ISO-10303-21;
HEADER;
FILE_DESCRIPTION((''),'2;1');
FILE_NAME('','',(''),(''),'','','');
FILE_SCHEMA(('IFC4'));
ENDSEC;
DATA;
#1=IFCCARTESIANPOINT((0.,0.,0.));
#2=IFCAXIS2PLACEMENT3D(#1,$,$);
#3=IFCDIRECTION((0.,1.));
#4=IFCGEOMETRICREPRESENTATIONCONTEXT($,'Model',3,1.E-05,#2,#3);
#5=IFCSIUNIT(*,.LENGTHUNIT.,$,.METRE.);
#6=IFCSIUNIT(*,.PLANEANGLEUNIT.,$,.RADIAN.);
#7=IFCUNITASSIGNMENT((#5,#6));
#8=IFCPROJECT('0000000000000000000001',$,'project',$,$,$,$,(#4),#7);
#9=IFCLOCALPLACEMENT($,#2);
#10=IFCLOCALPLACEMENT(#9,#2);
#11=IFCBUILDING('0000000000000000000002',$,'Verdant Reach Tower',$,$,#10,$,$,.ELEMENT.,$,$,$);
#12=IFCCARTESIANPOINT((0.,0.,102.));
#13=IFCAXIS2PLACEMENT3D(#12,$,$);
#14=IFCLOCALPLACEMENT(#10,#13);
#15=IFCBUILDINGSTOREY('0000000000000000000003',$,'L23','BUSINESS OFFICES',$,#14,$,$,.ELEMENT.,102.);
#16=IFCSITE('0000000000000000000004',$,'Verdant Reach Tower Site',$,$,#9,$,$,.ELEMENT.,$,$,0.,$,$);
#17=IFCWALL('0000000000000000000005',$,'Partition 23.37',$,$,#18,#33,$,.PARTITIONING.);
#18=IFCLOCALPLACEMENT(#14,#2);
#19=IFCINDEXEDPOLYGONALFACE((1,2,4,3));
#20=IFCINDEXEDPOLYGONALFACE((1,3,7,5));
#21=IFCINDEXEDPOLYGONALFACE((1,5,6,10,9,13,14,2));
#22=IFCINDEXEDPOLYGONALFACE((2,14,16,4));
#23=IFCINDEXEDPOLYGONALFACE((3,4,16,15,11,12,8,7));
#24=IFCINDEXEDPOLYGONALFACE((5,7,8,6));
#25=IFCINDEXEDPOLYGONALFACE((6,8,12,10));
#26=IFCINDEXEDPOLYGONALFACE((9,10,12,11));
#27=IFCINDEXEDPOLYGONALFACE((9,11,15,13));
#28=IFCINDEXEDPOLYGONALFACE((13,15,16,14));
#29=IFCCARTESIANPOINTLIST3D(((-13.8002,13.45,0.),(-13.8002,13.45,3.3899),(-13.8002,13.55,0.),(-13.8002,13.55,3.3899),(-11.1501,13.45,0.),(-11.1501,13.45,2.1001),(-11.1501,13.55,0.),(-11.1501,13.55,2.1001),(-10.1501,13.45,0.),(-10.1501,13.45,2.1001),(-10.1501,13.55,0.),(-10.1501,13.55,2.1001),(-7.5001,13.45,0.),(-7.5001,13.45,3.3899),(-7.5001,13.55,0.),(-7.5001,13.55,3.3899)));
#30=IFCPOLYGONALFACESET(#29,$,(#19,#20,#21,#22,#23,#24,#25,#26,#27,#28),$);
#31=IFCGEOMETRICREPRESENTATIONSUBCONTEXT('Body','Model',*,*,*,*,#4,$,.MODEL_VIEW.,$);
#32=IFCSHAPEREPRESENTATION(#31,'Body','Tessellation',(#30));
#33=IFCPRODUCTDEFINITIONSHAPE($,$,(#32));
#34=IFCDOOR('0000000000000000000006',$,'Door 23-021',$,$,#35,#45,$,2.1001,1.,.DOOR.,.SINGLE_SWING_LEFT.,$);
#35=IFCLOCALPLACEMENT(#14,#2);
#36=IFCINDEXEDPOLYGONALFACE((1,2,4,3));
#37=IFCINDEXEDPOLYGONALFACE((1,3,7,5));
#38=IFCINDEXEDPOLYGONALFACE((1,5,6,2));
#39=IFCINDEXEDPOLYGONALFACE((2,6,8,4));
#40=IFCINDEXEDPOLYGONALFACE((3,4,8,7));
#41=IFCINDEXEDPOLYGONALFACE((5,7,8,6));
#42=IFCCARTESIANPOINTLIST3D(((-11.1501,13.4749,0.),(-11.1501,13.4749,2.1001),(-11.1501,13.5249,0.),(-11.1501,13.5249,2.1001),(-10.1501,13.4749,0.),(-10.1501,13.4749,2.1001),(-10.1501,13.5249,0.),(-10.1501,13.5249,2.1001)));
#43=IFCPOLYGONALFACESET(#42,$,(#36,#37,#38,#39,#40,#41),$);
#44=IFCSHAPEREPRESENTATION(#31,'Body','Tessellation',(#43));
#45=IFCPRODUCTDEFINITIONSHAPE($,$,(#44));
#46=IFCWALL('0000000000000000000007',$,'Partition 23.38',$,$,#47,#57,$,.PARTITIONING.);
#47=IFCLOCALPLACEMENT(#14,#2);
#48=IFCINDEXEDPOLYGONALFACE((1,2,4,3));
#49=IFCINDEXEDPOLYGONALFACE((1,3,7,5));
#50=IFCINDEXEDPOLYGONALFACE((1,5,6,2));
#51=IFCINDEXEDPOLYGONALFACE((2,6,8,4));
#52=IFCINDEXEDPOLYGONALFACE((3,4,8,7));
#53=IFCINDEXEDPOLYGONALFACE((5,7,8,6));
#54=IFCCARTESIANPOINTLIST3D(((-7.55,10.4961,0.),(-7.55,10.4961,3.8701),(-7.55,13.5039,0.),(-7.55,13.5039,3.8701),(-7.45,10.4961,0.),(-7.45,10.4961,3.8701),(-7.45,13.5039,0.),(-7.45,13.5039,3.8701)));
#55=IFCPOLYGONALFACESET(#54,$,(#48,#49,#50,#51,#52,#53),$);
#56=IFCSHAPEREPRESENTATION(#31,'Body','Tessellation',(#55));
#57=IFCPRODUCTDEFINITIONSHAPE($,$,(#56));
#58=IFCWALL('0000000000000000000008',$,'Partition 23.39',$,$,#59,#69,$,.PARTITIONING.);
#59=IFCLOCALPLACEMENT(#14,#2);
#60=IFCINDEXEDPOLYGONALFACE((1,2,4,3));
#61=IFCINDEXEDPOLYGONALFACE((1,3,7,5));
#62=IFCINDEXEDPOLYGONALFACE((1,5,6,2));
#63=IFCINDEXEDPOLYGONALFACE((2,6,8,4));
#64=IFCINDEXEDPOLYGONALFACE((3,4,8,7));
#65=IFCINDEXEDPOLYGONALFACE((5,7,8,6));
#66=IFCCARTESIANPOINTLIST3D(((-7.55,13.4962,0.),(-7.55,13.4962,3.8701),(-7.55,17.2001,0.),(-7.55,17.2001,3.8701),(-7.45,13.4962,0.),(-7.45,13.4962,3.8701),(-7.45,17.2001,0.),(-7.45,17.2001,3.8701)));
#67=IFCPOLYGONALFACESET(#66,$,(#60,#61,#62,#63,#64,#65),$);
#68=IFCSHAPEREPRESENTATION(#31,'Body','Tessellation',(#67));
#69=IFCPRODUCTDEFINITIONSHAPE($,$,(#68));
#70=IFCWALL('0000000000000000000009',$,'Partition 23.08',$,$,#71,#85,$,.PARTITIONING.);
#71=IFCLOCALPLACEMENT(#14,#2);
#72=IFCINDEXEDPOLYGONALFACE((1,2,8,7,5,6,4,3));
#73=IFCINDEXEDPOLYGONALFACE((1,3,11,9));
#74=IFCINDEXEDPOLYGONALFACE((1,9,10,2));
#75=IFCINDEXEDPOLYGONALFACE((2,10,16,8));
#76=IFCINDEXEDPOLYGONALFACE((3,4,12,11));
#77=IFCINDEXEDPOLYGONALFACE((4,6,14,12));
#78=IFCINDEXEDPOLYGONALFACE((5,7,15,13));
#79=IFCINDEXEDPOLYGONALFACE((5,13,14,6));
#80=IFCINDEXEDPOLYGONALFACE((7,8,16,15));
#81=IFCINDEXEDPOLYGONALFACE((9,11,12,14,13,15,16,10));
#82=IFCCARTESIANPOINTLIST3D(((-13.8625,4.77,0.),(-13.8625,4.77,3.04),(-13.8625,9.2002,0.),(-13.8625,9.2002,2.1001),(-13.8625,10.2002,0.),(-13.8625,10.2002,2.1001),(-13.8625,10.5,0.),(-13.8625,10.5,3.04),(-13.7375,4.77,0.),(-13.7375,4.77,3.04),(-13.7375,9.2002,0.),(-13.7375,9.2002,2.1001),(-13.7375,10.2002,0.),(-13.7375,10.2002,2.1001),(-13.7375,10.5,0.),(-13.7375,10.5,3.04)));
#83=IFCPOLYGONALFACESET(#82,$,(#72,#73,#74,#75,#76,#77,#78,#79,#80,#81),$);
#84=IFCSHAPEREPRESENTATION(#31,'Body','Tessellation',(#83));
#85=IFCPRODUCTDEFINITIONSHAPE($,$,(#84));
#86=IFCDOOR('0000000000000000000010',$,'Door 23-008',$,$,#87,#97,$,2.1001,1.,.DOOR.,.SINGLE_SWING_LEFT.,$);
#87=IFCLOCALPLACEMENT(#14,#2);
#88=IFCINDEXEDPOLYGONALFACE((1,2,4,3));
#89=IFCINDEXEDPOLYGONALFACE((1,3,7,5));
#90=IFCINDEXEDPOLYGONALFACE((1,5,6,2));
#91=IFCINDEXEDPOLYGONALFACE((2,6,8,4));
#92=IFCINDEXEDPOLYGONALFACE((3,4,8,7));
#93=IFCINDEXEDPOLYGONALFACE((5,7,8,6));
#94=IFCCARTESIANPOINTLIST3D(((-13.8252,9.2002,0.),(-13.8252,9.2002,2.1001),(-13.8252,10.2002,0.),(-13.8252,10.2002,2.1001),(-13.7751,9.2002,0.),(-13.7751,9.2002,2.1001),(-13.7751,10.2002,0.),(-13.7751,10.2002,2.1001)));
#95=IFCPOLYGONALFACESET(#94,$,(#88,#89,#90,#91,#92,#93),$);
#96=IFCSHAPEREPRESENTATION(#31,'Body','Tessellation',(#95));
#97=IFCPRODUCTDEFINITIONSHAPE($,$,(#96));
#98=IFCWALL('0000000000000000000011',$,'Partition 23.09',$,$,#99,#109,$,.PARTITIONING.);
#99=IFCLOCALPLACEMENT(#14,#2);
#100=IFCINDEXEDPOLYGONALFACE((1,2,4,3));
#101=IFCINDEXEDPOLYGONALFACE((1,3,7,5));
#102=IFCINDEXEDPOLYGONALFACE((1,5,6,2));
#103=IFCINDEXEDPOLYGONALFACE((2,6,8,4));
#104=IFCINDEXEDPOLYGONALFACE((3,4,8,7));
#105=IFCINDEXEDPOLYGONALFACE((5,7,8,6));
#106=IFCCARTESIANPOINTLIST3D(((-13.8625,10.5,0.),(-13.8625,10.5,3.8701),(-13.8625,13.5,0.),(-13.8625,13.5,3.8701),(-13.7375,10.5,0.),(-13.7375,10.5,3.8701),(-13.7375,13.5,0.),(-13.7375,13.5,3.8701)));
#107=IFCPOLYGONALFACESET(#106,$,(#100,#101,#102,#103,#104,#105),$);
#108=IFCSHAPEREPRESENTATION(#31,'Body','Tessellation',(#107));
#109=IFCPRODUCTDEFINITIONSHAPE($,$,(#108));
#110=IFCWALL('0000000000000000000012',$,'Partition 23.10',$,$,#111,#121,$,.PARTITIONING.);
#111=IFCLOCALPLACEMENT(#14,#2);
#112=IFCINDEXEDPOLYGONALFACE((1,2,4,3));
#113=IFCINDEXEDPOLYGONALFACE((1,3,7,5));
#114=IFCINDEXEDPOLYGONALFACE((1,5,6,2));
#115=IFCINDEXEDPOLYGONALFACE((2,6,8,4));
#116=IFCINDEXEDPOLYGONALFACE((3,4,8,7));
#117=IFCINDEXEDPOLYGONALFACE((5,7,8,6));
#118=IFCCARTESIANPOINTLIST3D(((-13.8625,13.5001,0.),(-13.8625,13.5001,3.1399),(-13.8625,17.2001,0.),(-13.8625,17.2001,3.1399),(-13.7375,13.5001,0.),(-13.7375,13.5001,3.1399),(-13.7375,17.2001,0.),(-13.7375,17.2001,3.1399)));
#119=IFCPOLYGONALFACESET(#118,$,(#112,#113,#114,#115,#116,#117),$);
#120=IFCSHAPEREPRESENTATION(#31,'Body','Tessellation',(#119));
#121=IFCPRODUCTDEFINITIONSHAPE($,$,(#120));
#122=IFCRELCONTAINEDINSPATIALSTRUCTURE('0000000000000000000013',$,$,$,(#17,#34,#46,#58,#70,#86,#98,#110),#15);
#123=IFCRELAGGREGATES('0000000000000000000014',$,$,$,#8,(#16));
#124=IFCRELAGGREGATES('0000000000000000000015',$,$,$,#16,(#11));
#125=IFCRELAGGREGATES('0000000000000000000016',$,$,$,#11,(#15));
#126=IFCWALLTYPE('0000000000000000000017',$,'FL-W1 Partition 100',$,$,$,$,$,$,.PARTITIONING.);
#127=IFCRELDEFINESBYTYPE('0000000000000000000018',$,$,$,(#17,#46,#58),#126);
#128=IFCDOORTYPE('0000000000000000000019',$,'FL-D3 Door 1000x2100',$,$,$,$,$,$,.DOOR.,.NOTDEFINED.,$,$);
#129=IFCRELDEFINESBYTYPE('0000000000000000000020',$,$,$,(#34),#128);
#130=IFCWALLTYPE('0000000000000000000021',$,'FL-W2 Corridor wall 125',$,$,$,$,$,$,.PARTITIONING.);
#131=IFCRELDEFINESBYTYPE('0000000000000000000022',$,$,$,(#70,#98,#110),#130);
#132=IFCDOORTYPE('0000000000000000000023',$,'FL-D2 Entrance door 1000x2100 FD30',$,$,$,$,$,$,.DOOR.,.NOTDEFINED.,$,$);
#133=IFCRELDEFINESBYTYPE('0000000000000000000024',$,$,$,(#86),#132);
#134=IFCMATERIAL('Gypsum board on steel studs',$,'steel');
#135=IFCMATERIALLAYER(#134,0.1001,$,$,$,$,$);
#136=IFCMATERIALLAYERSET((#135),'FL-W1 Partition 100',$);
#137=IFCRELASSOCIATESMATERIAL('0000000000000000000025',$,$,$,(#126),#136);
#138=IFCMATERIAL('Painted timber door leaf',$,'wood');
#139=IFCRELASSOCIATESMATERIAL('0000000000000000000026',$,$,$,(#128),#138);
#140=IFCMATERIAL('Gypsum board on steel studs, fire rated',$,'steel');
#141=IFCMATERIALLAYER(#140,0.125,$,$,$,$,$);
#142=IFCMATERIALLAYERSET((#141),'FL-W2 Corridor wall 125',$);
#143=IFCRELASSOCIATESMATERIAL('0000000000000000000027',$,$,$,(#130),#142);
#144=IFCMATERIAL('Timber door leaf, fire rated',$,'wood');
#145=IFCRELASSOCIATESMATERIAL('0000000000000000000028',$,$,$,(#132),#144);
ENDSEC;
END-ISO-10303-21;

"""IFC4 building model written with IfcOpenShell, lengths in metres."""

from ifc_helpers import new_model, si_unit, direction, frame, frame_2d, origin, place, context, subcontext, project, spatial, rectangle, extrude, material, layer, layer_set, type_object, element, fill, save


model = new_model("IFC4")

# Units and contexts
model_context = context("Model", 3, precision=1e-05, world=origin(), true_north=direction((0.0, 1.0)))
body_context = subcontext(model_context, "Body", "Model", "MODEL_VIEW")
ifc_project = project(units=[si_unit("LENGTHUNIT", "METRE"), si_unit("PLANEANGLEUNIT", "RADIAN")], contexts=[model_context])

# Site, building, storey
site_placement = place(None, origin())
site = spatial("IfcSite", under=ifc_project, at=site_placement, Name="Verdant Reach Tower Site", CompositionType="ELEMENT", RefElevation=0.0)
building_placement = place(site_placement, origin())
building = spatial("IfcBuilding", under=site, at=building_placement, Name="Verdant Reach Tower", CompositionType="ELEMENT")
storey_placement = place(building_placement, frame((0.0, 0.0, 102.0)))
storey = spatial("IfcBuildingStorey", under=building, at=storey_placement, Name="L23", Description="BUSINESS OFFICES", CompositionType="ELEMENT", Elevation=102.0)

# Wall, opening, door
ifc_material_1 = material(Name="Gypsum board on steel studs", Category="steel")
ifc_layer_1 = layer(ifc_material_1, 0.1001)
ifc_layer_set_1 = layer_set([ifc_layer_1], Name="FL-W1 Partition 100")
wall_type_1 = type_object("IfcWallType", Name="FL-W1 Partition 100", PredefinedType="PARTITIONING", material=ifc_layer_set_1)
ifc_material_2 = material(Name="Painted timber door leaf", Category="wood")
door_type_1 = type_object("IfcDoorType", Name="FL-D3 Door 1000x2100", OperationType="NOTDEFINED", PredefinedType="DOOR", material=ifc_material_2)
wall_1_placement = place(storey_placement, frame((-13.8, 13.5, 0.0), z_axis=(0.0, 0.0, 1.0), x_axis=(1.0, 0.0, 0.0)))
wall_1 = element("IfcWall", 1, at=wall_1_placement, inside=storey, type_object=wall_type_1, Name="Partition 23.37", PredefinedType="PARTITIONING", context=body_context, shape_type="SweptSolid", body=[
    extrude(rectangle(XDim=6.3, YDim=0.1001, at=frame_2d((3.1499, 0.0))), origin(), (0.0, 0.0, 1.0), 3.3899),
])
opening_1_placement = place(wall_1_placement, frame((2.6499, 0.0, 0.0)))
opening_1 = element("IfcOpeningElement", 2, at=opening_1_placement, cuts=wall_1, PredefinedType="OPENING", context=body_context, shape_type="SweptSolid", body=[
    extrude(rectangle(XDim=1.0, YDim=2.1001, at=frame_2d((0.5, 1.05))), frame((0.0, 0.0601, 0.0), z_axis=(0.0, -1.0, 0.0), x_axis=(1.0, 0.0, 0.0)), (0.0, 0.0, 1.0), 0.1201),
])
door_1_placement = place(opening_1_placement, origin())
door_1 = element("IfcDoor", 3, at=door_1_placement, inside=storey, type_object=door_type_1, Name="Door 23-021", OperationType="SINGLE_SWING_LEFT", OverallHeight=2.1001, OverallWidth=1.0, PredefinedType="DOOR", context=body_context, shape_type="SweptSolid", body=[
    extrude(rectangle(XDim=1.0, YDim=2.1001, at=frame_2d((0.5, 1.05))), frame((0.0, 0.0249, 0.0), z_axis=(0.0, -1.0, 0.0), x_axis=(1.0, 0.0, 0.0)), (0.0, 0.0, 1.0), 0.05),
])
fill(opening_1, door_1)

# Walls
wall_2_placement = place(storey_placement, frame((-7.5, 10.4961, 0.0), z_axis=(0.0, 0.0, 1.0), x_axis=(0.0, 1.0, 0.0)))
element("IfcWall", 4, at=wall_2_placement, inside=storey, type_object=wall_type_1, Name="Partition 23.38", PredefinedType="PARTITIONING", context=body_context, shape_type="SweptSolid", body=[
    extrude(rectangle(XDim=3.0078, YDim=0.1001, at=frame_2d((1.5039, 0.0))), origin(), (0.0, 0.0, 1.0), 3.8701),
])
wall_3_placement = place(storey_placement, frame((-7.5, 13.4961, 0.0), z_axis=(0.0, 0.0, 1.0), x_axis=(0.0, 1.0, 0.0)))
element("IfcWall", 5, at=wall_3_placement, inside=storey, type_object=wall_type_1, Name="Partition 23.39", PredefinedType="PARTITIONING", context=body_context, shape_type="SweptSolid", body=[
    extrude(rectangle(XDim=3.7039, YDim=0.1001, at=frame_2d((1.8521, 0.0))), origin(), (0.0, 0.0, 1.0), 3.8701),
])

# Wall, opening, door
ifc_material_3 = material(Name="Gypsum board on steel studs, fire rated", Category="steel")
ifc_layer_2 = layer(ifc_material_3, 0.125)
ifc_layer_set_2 = layer_set([ifc_layer_2], Name="FL-W2 Corridor wall 125")
wall_type_2 = type_object("IfcWallType", Name="FL-W2 Corridor wall 125", PredefinedType="PARTITIONING", material=ifc_layer_set_2)
wall_4_placement = place(storey_placement, frame((-13.8, 10.5, 0.0), z_axis=(0.0, 0.0, 1.0), x_axis=(0.0, -1.0, 0.0)))
wall_4 = element("IfcWall", 6, at=wall_4_placement, inside=storey, type_object=wall_type_2, Name="Partition 23.08", PredefinedType="PARTITIONING", context=body_context, shape_type="SweptSolid", body=[
    extrude(rectangle(XDim=5.73, YDim=0.125, at=frame_2d((2.865, 0.0))), origin(), (0.0, 0.0, 1.0), 3.04),
])
opening_2_placement = place(wall_4_placement, frame((0.2998, 0.0, 0.0)))
opening_2 = element("IfcOpeningElement", 7, at=opening_2_placement, cuts=wall_4, PredefinedType="OPENING", context=body_context, shape_type="SweptSolid", body=[
    extrude(rectangle(XDim=1.0, YDim=2.1001, at=frame_2d((0.5, 1.05))), frame((0.0, 0.0725, 0.0), z_axis=(0.0, -1.0, 0.0), x_axis=(1.0, 0.0, 0.0)), (0.0, 0.0, 1.0), 0.145),
])
ifc_material_4 = material(Name="Timber door leaf, fire rated", Category="wood")
door_type_2 = type_object("IfcDoorType", Name="FL-D2 Entrance door 1000x2100 FD30", OperationType="NOTDEFINED", PredefinedType="DOOR", material=ifc_material_4)
door_2_placement = place(opening_2_placement, origin())
door_2 = element("IfcDoor", 8, at=door_2_placement, inside=storey, type_object=door_type_2, Name="Door 23-008", OperationType="SINGLE_SWING_LEFT", OverallHeight=2.1001, OverallWidth=1.0, PredefinedType="DOOR", context=body_context, shape_type="SweptSolid", body=[
    extrude(rectangle(XDim=1.0, YDim=2.1001, at=frame_2d((0.5, 1.05))), frame((0.0, 0.0249, 0.0), z_axis=(0.0, -1.0, 0.0), x_axis=(1.0, 0.0, 0.0)), (0.0, 0.0, 1.0), 0.05),
])
fill(opening_2, door_2)

# Walls
wall_5_placement = place(storey_placement, frame((-13.8, 10.5, 0.0), z_axis=(0.0, 0.0, 1.0), x_axis=(0.0, 1.0, 0.0)))
element("IfcWall", 9, at=wall_5_placement, inside=storey, type_object=wall_type_2, Name="Partition 23.09", PredefinedType="PARTITIONING", context=body_context, shape_type="SweptSolid", body=[
    extrude(rectangle(XDim=3.0, YDim=0.125, at=frame_2d((1.5, 0.0))), origin(), (0.0, 0.0, 1.0), 3.8701),
])
wall_6_placement = place(storey_placement, frame((-13.8, 13.5, 0.0), z_axis=(0.0, 0.0, 1.0), x_axis=(0.0, 1.0, 0.0)))
element("IfcWall", 10, at=wall_6_placement, inside=storey, type_object=wall_type_2, Name="Partition 23.10", PredefinedType="PARTITIONING", context=body_context, shape_type="SweptSolid", body=[
    extrude(rectangle(XDim=3.7, YDim=0.125, at=frame_2d((1.8501, 0.0))), origin(), (0.0, 0.0, 1.0), 3.1399),
])

save(model, "model.ifc")
